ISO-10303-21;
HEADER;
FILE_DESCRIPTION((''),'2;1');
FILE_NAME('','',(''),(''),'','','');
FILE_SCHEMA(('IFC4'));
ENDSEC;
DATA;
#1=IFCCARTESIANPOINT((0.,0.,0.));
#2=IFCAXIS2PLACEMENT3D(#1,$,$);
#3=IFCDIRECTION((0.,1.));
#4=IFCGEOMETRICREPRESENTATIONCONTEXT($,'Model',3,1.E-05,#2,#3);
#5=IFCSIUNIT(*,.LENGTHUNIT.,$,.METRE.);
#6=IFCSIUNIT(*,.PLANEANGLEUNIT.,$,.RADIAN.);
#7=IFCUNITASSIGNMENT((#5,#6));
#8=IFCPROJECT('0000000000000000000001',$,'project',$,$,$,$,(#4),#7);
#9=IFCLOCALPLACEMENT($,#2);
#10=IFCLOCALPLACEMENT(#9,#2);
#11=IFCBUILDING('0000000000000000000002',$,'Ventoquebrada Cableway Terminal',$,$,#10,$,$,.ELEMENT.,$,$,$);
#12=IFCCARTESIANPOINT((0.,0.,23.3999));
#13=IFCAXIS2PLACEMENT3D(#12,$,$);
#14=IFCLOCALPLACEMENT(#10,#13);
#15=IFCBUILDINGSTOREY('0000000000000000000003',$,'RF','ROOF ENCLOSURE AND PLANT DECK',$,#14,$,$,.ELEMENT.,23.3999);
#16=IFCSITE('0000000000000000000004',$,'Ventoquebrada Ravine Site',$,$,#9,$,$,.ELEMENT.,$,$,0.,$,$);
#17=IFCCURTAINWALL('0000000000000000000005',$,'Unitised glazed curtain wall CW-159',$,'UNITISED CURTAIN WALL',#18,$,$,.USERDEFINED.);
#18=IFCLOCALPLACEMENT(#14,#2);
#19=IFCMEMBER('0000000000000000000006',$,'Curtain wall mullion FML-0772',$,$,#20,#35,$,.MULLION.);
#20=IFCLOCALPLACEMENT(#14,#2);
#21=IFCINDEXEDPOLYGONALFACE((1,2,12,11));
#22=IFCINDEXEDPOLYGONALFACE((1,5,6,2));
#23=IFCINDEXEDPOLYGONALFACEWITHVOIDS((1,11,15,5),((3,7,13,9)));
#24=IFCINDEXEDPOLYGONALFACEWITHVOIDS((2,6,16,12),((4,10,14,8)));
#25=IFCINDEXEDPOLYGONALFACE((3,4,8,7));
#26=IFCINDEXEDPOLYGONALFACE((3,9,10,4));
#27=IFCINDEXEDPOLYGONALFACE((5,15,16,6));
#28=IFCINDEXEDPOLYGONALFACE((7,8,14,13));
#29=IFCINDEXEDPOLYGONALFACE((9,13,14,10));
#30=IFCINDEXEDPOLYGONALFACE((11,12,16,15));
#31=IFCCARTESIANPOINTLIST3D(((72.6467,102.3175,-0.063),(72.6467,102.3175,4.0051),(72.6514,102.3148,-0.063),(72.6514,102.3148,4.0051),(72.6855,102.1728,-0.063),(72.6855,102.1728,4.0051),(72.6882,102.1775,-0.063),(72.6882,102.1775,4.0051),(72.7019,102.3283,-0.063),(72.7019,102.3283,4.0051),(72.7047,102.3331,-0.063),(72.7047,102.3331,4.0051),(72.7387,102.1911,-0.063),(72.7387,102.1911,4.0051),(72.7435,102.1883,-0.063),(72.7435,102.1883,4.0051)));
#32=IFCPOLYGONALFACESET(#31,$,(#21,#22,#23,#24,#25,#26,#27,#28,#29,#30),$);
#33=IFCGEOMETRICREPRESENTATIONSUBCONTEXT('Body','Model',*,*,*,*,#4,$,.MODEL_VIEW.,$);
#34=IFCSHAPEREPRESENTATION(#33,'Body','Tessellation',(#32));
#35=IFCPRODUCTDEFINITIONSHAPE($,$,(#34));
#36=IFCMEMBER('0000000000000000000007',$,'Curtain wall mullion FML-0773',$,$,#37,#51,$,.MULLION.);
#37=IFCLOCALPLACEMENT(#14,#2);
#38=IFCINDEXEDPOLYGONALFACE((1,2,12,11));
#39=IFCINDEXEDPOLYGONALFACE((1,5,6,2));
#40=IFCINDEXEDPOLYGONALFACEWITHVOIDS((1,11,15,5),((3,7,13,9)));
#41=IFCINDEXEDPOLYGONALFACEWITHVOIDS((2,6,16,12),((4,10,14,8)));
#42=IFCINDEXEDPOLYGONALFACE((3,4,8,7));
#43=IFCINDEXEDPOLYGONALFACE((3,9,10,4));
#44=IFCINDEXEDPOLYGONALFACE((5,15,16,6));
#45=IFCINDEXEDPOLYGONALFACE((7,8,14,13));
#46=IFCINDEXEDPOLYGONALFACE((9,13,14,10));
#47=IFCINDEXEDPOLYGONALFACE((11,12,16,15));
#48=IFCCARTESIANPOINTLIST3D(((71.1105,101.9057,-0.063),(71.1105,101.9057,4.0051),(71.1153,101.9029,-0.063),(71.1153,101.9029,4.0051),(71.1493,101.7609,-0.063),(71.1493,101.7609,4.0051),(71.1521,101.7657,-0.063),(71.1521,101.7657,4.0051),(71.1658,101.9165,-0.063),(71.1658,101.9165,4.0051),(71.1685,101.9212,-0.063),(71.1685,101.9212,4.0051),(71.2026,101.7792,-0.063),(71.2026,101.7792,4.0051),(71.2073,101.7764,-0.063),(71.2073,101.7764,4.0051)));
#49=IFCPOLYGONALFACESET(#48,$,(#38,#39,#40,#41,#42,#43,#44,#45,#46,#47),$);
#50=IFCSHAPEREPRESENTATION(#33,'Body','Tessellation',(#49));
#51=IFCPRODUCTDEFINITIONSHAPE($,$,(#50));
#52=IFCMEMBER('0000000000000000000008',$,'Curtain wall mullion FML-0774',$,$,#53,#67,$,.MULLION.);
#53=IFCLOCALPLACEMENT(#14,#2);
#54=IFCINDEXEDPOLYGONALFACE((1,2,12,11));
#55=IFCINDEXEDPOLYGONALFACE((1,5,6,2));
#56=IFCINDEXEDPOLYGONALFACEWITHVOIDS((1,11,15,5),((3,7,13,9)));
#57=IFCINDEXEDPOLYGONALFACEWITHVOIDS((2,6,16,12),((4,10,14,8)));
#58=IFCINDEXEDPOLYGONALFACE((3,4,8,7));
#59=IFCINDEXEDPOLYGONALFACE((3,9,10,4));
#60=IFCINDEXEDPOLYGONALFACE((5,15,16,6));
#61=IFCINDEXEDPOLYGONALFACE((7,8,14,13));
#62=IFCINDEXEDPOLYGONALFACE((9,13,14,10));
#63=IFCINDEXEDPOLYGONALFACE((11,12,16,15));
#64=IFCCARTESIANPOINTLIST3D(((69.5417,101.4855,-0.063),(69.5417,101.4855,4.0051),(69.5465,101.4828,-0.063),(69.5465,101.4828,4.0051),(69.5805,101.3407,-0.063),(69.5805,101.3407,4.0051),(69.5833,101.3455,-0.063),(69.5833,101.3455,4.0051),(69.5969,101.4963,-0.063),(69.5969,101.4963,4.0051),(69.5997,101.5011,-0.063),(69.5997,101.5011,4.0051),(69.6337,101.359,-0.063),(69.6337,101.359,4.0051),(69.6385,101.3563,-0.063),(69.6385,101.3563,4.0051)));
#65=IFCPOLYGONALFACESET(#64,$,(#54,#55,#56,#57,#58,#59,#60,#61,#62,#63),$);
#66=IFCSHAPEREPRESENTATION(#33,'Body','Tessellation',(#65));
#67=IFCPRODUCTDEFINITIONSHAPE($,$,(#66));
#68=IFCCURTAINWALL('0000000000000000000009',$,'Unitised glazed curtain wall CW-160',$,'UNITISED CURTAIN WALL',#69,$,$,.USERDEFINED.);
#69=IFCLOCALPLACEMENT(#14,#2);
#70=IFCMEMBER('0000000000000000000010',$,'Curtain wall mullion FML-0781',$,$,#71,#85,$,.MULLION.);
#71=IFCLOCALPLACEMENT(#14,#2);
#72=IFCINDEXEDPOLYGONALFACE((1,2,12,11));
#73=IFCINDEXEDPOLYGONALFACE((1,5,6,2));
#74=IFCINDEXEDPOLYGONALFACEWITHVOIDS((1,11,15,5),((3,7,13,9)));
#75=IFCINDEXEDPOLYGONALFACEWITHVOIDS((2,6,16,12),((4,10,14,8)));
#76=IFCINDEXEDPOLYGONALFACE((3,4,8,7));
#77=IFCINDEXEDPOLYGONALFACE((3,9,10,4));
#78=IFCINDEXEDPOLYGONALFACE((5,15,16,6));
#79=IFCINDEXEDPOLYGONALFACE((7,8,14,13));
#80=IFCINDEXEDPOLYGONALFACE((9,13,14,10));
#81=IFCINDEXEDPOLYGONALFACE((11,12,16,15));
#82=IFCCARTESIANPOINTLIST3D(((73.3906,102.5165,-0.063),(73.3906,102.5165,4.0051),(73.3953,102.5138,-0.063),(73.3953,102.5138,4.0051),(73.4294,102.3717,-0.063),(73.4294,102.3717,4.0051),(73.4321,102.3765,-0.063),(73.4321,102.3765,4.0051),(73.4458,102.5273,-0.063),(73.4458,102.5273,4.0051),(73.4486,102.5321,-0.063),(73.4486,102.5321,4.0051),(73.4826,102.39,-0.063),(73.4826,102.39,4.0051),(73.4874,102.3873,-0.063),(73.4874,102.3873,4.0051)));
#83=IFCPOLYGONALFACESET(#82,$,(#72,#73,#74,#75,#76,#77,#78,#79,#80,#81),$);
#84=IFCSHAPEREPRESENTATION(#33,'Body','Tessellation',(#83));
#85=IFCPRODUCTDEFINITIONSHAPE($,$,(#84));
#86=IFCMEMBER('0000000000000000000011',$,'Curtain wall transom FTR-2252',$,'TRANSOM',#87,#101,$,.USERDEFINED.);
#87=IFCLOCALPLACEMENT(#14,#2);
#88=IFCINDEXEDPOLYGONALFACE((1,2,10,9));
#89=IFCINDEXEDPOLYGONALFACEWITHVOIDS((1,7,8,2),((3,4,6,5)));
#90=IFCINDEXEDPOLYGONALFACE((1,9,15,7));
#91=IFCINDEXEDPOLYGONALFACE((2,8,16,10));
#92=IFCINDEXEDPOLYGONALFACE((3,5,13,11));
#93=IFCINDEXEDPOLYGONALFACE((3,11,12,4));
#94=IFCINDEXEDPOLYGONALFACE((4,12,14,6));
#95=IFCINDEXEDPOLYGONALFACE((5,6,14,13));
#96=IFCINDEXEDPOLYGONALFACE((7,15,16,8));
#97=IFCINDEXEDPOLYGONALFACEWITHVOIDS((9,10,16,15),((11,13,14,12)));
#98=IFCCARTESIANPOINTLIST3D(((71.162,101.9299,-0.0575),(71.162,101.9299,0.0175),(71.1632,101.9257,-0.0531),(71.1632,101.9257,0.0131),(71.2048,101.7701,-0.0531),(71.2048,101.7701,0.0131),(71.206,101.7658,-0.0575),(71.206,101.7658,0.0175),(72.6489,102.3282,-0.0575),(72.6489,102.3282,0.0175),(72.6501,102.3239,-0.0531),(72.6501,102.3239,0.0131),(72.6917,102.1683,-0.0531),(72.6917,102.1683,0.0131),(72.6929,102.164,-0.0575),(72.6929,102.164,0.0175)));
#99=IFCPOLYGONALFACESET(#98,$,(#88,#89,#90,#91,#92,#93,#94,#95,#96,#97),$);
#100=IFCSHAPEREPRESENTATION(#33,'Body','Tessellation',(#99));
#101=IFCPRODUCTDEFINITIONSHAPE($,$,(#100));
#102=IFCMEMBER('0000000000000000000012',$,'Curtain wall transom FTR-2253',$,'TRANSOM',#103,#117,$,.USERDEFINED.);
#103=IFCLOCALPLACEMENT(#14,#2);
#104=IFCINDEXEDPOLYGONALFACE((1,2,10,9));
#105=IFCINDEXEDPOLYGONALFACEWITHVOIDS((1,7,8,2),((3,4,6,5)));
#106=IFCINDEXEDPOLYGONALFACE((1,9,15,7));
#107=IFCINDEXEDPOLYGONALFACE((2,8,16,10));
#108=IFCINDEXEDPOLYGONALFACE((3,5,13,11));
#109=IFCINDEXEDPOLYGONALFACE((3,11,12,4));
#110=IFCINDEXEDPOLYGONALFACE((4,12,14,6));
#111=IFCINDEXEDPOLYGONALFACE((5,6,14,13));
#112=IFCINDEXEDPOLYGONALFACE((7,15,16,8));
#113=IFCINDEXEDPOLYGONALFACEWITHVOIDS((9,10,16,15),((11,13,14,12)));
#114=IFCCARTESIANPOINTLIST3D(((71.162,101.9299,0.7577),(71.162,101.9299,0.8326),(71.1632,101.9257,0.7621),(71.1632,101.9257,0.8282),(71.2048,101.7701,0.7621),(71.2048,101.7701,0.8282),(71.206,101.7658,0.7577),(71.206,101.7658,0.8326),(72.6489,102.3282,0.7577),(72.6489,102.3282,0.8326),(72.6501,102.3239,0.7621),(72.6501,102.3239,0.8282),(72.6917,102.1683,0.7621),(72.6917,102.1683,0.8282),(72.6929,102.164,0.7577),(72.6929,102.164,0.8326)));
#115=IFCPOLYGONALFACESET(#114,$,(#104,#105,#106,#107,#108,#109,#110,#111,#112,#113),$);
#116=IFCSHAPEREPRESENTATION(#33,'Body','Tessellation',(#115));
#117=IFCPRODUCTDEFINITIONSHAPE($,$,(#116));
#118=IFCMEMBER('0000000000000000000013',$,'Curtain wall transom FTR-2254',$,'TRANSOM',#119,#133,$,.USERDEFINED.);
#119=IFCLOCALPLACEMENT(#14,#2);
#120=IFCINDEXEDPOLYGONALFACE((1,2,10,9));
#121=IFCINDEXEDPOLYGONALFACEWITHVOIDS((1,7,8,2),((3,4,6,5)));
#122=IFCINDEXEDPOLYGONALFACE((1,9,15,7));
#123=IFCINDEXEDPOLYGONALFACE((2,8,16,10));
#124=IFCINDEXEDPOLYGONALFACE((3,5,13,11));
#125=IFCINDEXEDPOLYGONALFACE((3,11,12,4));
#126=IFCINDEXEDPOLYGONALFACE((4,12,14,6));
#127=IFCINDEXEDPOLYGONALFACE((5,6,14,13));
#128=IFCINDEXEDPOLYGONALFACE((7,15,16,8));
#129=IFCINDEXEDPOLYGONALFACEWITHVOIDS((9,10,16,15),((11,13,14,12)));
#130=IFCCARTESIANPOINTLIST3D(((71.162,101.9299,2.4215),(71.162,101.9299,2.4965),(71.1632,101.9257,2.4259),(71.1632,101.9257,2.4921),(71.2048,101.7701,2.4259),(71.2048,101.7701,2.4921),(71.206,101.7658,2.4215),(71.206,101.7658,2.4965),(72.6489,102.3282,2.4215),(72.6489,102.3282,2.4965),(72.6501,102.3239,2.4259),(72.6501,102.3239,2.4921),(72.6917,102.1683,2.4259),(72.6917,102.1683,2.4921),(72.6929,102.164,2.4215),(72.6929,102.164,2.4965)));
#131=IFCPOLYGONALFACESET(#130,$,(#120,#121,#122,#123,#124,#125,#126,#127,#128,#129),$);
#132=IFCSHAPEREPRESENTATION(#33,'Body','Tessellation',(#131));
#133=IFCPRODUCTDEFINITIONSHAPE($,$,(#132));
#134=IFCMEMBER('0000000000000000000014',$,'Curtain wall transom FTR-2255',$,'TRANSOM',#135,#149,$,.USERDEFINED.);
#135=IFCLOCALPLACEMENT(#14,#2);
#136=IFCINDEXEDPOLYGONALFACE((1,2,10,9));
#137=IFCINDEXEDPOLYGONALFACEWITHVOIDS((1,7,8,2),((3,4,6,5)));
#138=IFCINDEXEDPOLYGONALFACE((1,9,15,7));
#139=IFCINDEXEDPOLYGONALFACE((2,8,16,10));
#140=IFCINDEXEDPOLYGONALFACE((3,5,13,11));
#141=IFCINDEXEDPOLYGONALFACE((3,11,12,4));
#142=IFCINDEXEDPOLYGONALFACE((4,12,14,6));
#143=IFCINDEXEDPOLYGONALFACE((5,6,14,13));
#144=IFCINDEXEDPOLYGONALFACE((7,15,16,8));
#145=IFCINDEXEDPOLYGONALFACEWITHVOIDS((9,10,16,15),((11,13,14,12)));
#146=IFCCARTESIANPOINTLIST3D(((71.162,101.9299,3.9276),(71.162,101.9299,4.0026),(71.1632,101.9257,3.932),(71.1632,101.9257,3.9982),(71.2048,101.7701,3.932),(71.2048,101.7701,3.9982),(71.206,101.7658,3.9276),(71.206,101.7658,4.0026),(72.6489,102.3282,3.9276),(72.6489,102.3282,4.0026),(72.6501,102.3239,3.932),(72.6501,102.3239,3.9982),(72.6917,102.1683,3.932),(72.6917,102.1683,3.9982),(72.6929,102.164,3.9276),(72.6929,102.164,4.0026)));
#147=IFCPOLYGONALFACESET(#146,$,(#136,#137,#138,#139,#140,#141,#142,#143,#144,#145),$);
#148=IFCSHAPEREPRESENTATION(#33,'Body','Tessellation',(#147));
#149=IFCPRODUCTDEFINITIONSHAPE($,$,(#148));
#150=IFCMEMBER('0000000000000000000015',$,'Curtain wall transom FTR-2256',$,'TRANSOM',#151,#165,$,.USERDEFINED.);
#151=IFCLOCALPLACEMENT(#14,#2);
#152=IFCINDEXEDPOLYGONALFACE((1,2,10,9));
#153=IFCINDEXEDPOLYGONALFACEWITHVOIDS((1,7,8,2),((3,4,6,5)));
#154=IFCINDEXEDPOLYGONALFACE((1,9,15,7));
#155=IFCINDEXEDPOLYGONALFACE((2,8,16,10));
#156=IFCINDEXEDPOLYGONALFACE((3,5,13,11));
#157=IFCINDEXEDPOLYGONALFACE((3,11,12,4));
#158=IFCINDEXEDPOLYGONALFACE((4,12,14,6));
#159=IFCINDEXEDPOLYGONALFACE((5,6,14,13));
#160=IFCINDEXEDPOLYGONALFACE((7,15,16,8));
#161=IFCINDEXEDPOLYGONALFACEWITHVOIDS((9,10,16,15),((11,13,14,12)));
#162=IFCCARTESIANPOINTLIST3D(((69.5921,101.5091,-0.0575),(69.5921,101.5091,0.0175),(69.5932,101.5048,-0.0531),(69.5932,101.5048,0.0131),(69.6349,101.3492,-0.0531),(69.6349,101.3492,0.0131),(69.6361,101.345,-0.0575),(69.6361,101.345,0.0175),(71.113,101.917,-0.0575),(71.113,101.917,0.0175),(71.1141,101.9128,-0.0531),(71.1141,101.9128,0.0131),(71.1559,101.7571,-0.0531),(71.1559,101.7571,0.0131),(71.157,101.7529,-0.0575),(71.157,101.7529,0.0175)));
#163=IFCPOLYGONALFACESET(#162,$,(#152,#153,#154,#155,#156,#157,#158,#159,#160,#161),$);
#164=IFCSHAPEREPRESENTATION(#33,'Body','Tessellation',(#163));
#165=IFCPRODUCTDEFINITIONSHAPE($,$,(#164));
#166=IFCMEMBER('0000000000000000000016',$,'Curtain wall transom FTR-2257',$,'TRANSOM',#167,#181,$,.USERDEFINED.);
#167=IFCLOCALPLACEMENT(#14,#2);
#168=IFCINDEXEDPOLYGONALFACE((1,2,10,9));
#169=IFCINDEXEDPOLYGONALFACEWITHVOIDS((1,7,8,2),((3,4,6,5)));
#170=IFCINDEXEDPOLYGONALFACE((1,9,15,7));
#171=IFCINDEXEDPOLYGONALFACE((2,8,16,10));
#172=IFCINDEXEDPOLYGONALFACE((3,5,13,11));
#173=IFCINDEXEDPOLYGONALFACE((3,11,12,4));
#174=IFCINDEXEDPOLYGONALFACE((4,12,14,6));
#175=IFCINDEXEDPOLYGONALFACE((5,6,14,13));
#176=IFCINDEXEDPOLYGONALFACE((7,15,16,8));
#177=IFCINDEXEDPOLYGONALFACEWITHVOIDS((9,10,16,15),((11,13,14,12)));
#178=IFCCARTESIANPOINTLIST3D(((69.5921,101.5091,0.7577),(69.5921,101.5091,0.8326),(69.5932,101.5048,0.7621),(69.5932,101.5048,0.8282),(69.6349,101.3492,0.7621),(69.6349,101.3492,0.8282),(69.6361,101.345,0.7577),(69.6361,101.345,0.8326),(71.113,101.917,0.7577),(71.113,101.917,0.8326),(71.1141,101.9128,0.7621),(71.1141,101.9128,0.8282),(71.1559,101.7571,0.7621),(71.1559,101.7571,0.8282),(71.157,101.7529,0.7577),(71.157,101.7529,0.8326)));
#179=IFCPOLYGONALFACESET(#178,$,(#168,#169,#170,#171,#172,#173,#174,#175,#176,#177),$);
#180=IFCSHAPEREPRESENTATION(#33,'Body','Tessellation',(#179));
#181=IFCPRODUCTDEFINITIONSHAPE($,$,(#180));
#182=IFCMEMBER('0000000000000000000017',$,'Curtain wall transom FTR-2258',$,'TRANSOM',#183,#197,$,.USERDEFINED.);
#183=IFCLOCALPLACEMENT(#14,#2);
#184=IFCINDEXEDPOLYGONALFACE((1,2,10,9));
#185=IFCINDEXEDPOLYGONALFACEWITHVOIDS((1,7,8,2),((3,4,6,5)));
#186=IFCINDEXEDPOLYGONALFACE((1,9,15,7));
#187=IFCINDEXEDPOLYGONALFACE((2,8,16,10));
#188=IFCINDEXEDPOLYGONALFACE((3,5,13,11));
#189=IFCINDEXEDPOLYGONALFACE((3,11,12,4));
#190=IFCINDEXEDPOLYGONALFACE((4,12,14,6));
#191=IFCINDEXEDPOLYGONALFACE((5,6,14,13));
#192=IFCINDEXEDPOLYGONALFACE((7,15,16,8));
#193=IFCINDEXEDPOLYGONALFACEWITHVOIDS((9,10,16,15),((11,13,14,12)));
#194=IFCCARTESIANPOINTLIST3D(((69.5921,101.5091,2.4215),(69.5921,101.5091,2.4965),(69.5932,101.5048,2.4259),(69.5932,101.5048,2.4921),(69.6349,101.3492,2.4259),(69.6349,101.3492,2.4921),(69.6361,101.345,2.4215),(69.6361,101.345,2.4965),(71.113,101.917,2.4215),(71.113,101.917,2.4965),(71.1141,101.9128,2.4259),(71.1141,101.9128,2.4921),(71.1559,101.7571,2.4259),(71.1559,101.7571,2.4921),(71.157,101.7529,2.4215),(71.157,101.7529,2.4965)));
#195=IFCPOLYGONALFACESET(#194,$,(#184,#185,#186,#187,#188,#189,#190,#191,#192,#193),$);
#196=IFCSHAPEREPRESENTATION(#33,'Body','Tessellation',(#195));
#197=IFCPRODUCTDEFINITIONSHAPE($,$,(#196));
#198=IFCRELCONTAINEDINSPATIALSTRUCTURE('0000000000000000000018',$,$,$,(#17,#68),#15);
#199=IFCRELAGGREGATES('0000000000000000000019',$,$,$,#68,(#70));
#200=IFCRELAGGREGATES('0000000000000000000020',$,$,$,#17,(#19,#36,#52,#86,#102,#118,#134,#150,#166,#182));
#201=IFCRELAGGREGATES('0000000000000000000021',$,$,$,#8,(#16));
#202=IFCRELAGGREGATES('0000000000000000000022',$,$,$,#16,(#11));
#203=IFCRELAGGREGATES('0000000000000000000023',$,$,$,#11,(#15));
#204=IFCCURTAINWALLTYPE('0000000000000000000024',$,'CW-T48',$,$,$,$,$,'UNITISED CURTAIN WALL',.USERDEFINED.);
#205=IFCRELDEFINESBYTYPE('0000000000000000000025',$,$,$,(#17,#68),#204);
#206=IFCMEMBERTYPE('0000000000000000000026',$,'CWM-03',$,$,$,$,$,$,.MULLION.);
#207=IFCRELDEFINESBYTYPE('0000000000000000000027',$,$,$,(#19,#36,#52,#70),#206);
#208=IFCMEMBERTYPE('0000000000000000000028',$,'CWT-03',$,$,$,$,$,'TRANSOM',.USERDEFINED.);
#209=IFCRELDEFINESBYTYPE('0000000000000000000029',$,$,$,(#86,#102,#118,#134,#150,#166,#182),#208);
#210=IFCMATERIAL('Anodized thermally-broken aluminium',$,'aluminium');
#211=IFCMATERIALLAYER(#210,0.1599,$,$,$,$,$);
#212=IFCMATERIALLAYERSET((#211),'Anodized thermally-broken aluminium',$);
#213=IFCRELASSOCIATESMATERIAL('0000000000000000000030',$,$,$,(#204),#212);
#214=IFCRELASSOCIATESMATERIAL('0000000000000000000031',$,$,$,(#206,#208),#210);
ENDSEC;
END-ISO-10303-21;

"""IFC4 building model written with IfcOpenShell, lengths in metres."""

from ifc_helpers import new_model, si_unit, direction, frame, origin, origin_2d, place, context, subcontext, project, spatial, hollow_rectangle, extrude, material, layer, layer_set, material_profile, profile_set, type_object, element, aggregate, save


model = new_model("IFC4")

# Units and contexts
model_context = context("Model", 3, precision=1e-05, world=origin(), true_north=direction((0.0, 1.0)))
body_context = subcontext(model_context, "Body", "Model", "MODEL_VIEW")
ifc_project = project(units=[si_unit("LENGTHUNIT", "METRE"), si_unit("PLANEANGLEUNIT", "RADIAN")], contexts=[model_context])

# Site, building, storey
site_placement = place(None, origin())
site = spatial("IfcSite", under=ifc_project, at=site_placement, Name="Ventoquebrada Ravine Site", CompositionType="ELEMENT", RefElevation=0.0)
building_placement = place(site_placement, origin())
building = spatial("IfcBuilding", under=site, at=building_placement, Name="Ventoquebrada Cableway Terminal", CompositionType="ELEMENT")
storey_placement = place(building_placement, frame((0.0, 0.0, 23.3999)))
storey = spatial("IfcBuildingStorey", under=building, at=storey_placement, Name="RF", Description="ROOF ENCLOSURE AND PLANT DECK", CompositionType="ELEMENT", Elevation=23.3999)

# Curtain wall, members
ifc_material_1 = material(Name="Anodized thermally-broken aluminium", Category="aluminium")
ifc_layer_1 = layer(ifc_material_1, 0.1599)
ifc_layer_set_1 = layer_set([ifc_layer_1], Name="Anodized thermally-broken aluminium")
curtain_wall_type = type_object("IfcCurtainWallType", Name="CW-T48", ElementType="UNITISED CURTAIN WALL", PredefinedType="USERDEFINED", material=ifc_layer_set_1)
curtain_wall_1_placement = place(storey_placement, origin())
curtain_wall_1 = element("IfcCurtainWall", 1, at=curtain_wall_1_placement, inside=storey, type_object=curtain_wall_type, Name="Unitised glazed curtain wall CW-159", ObjectType="UNITISED CURTAIN WALL", PredefinedType="USERDEFINED")
ifc_material_profile_1 = material_profile(ifc_material_1, hollow_rectangle(XDim=0.0601, YDim=0.1499, WallThickness=0.0039, at=origin_2d()), Name="CW-MUL-60X150")
ifc_profile_set_1 = profile_set([ifc_material_profile_1], Name="Anodized thermally-broken aluminium")
member_type_1 = type_object("IfcMemberType", Name="CWM-03", PredefinedType="MULLION", material=ifc_profile_set_1)
member_1_placement = place(storey_placement, frame((72.6951, 102.2529, -0.063), z_axis=(0.0, 0.0, 1.0), x_axis=(-0.965894, -0.258937, 0.0)))
member_1 = element("IfcMember", 2, at=member_1_placement, type_object=member_type_1, Name="Curtain wall mullion FML-0772", PredefinedType="MULLION", context=body_context, shape_type="SweptSolid", body=[
    extrude(hollow_rectangle(XDim=0.0601, YDim=0.1499, WallThickness=0.0039, at=origin_2d()), origin(), (0.0, 0.0, 1.0), 4.0681),
])
member_2_placement = place(storey_placement, frame((71.1589, 101.8411, -0.063), z_axis=(0.0, 0.0, 1.0), x_axis=(-0.965894, -0.258937, 0.0)))
member_2 = element("IfcMember", 3, at=member_2_placement, type_object=member_type_1, Name="Curtain wall mullion FML-0773", PredefinedType="MULLION", context=body_context, shape_type="SweptSolid", body=[
    extrude(hollow_rectangle(XDim=0.0601, YDim=0.1499, WallThickness=0.0039, at=origin_2d()), origin(), (0.0, 0.0, 1.0), 4.0681),
])
member_3_placement = place(storey_placement, frame((69.5901, 101.4209, -0.063), z_axis=(0.0, 0.0, 1.0), x_axis=(-0.965894, -0.258937, 0.0)))
member_3 = element("IfcMember", 4, at=member_3_placement, type_object=member_type_1, Name="Curtain wall mullion FML-0774", PredefinedType="MULLION", context=body_context, shape_type="SweptSolid", body=[
    extrude(hollow_rectangle(XDim=0.0601, YDim=0.1499, WallThickness=0.0039, at=origin_2d()), origin(), (0.0, 0.0, 1.0), 4.0681),
])

# Curtain wall, member
curtain_wall_2_placement = place(storey_placement, origin())
curtain_wall_2 = element("IfcCurtainWall", 5, at=curtain_wall_2_placement, inside=storey, type_object=curtain_wall_type, Name="Unitised glazed curtain wall CW-160", ObjectType="UNITISED CURTAIN WALL", PredefinedType="USERDEFINED")
member_4_placement = place(storey_placement, frame((73.439, 102.4519, -0.063), z_axis=(0.0, 0.0, 1.0), x_axis=(-0.965944, -0.258752, 0.0)))
member_4 = element("IfcMember", 6, at=member_4_placement, type_object=member_type_1, Name="Curtain wall mullion FML-0781", PredefinedType="MULLION", context=body_context, shape_type="SweptSolid", body=[
    extrude(hollow_rectangle(XDim=0.0601, YDim=0.1499, WallThickness=0.0039, at=origin_2d()), origin(), (0.0, 0.0, 1.0), 4.0681),
])
aggregate(curtain_wall_2, [member_4])

# Members
ifc_material_profile_2 = material_profile(ifc_material_1, hollow_rectangle(XDim=0.075, YDim=0.1699, WallThickness=0.0044, at=origin_2d()), Name="CW-TRN-75X170")
ifc_profile_set_2 = profile_set([ifc_material_profile_2], Name="Anodized thermally-broken aluminium")
member_type_2 = type_object("IfcMemberType", Name="CWT-03", ElementType="TRANSOM", PredefinedType="USERDEFINED", material=ifc_profile_set_2)
member_5_placement = place(storey_placement, frame((72.6709, 102.2461, -0.02), z_axis=(-0.965958, -0.258699, 0.0), x_axis=(0.0, 0.0, 1.0)))
member_5 = element("IfcMember", 7, at=member_5_placement, type_object=member_type_2, Name="Curtain wall transom FTR-2252", ObjectType="TRANSOM", PredefinedType="USERDEFINED", context=body_context, shape_type="SweptSolid", body=[
    extrude(hollow_rectangle(XDim=0.075, YDim=0.1699, WallThickness=0.0044, at=origin_2d()), origin(), (0.0, 0.0, 1.0), 1.5393),
])
member_6_placement = place(storey_placement, frame((72.6709, 102.2461, 0.7952), z_axis=(-0.965958, -0.258699, 0.0), x_axis=(0.0, 0.0, 1.0)))
member_6 = element("IfcMember", 8, at=member_6_placement, type_object=member_type_2, Name="Curtain wall transom FTR-2253", ObjectType="TRANSOM", PredefinedType="USERDEFINED", context=body_context, shape_type="SweptSolid", body=[
    extrude(hollow_rectangle(XDim=0.075, YDim=0.1699, WallThickness=0.0044, at=origin_2d()), origin(), (0.0, 0.0, 1.0), 1.5393),
])
member_7_placement = place(storey_placement, frame((72.6709, 102.2461, 2.459), z_axis=(-0.965958, -0.258699, 0.0), x_axis=(0.0, 0.0, 1.0)))
member_7 = element("IfcMember", 9, at=member_7_placement, type_object=member_type_2, Name="Curtain wall transom FTR-2254", ObjectType="TRANSOM", PredefinedType="USERDEFINED", context=body_context, shape_type="SweptSolid", body=[
    extrude(hollow_rectangle(XDim=0.075, YDim=0.1699, WallThickness=0.0044, at=origin_2d()), origin(), (0.0, 0.0, 1.0), 1.5393),
])
member_8_placement = place(storey_placement, frame((72.6709, 102.2461, 3.9651), z_axis=(-0.965958, -0.258699, 0.0), x_axis=(0.0, 0.0, 1.0)))
member_8 = element("IfcMember", 10, at=member_8_placement, type_object=member_type_2, Name="Curtain wall transom FTR-2255", ObjectType="TRANSOM", PredefinedType="USERDEFINED", context=body_context, shape_type="SweptSolid", body=[
    extrude(hollow_rectangle(XDim=0.075, YDim=0.1699, WallThickness=0.0044, at=origin_2d()), origin(), (0.0, 0.0, 1.0), 1.5393),
])
member_9_placement = place(storey_placement, frame((71.135, 101.835, -0.02), z_axis=(-0.965861, -0.259062, 0.0), x_axis=(0.0, 0.0, 1.0)))
member_9 = element("IfcMember", 11, at=member_9_placement, type_object=member_type_2, Name="Curtain wall transom FTR-2256", ObjectType="TRANSOM", PredefinedType="USERDEFINED", context=body_context, shape_type="SweptSolid", body=[
    extrude(hollow_rectangle(XDim=0.075, YDim=0.1699, WallThickness=0.0044, at=origin_2d()), origin(), (0.0, 0.0, 1.0), 1.5747),
])
member_10_placement = place(storey_placement, frame((71.135, 101.835, 0.7952), z_axis=(-0.965861, -0.259062, 0.0), x_axis=(0.0, 0.0, 1.0)))
member_10 = element("IfcMember", 12, at=member_10_placement, type_object=member_type_2, Name="Curtain wall transom FTR-2257", ObjectType="TRANSOM", PredefinedType="USERDEFINED", context=body_context, shape_type="SweptSolid", body=[
    extrude(hollow_rectangle(XDim=0.075, YDim=0.1699, WallThickness=0.0044, at=origin_2d()), origin(), (0.0, 0.0, 1.0), 1.5747),
])
member_11_placement = place(storey_placement, frame((71.135, 101.835, 2.459), z_axis=(-0.965861, -0.259062, 0.0), x_axis=(0.0, 0.0, 1.0)))
member_11 = element("IfcMember", 13, at=member_11_placement, type_object=member_type_2, Name="Curtain wall transom FTR-2258", ObjectType="TRANSOM", PredefinedType="USERDEFINED", context=body_context, shape_type="SweptSolid", body=[
    extrude(hollow_rectangle(XDim=0.075, YDim=0.1699, WallThickness=0.0044, at=origin_2d()), origin(), (0.0, 0.0, 1.0), 1.5747),
])

aggregate(curtain_wall_1, [member_1, member_2, member_3, member_5, member_6, member_7, member_8, member_9, member_10, member_11])

save(model, "model.ifc")
